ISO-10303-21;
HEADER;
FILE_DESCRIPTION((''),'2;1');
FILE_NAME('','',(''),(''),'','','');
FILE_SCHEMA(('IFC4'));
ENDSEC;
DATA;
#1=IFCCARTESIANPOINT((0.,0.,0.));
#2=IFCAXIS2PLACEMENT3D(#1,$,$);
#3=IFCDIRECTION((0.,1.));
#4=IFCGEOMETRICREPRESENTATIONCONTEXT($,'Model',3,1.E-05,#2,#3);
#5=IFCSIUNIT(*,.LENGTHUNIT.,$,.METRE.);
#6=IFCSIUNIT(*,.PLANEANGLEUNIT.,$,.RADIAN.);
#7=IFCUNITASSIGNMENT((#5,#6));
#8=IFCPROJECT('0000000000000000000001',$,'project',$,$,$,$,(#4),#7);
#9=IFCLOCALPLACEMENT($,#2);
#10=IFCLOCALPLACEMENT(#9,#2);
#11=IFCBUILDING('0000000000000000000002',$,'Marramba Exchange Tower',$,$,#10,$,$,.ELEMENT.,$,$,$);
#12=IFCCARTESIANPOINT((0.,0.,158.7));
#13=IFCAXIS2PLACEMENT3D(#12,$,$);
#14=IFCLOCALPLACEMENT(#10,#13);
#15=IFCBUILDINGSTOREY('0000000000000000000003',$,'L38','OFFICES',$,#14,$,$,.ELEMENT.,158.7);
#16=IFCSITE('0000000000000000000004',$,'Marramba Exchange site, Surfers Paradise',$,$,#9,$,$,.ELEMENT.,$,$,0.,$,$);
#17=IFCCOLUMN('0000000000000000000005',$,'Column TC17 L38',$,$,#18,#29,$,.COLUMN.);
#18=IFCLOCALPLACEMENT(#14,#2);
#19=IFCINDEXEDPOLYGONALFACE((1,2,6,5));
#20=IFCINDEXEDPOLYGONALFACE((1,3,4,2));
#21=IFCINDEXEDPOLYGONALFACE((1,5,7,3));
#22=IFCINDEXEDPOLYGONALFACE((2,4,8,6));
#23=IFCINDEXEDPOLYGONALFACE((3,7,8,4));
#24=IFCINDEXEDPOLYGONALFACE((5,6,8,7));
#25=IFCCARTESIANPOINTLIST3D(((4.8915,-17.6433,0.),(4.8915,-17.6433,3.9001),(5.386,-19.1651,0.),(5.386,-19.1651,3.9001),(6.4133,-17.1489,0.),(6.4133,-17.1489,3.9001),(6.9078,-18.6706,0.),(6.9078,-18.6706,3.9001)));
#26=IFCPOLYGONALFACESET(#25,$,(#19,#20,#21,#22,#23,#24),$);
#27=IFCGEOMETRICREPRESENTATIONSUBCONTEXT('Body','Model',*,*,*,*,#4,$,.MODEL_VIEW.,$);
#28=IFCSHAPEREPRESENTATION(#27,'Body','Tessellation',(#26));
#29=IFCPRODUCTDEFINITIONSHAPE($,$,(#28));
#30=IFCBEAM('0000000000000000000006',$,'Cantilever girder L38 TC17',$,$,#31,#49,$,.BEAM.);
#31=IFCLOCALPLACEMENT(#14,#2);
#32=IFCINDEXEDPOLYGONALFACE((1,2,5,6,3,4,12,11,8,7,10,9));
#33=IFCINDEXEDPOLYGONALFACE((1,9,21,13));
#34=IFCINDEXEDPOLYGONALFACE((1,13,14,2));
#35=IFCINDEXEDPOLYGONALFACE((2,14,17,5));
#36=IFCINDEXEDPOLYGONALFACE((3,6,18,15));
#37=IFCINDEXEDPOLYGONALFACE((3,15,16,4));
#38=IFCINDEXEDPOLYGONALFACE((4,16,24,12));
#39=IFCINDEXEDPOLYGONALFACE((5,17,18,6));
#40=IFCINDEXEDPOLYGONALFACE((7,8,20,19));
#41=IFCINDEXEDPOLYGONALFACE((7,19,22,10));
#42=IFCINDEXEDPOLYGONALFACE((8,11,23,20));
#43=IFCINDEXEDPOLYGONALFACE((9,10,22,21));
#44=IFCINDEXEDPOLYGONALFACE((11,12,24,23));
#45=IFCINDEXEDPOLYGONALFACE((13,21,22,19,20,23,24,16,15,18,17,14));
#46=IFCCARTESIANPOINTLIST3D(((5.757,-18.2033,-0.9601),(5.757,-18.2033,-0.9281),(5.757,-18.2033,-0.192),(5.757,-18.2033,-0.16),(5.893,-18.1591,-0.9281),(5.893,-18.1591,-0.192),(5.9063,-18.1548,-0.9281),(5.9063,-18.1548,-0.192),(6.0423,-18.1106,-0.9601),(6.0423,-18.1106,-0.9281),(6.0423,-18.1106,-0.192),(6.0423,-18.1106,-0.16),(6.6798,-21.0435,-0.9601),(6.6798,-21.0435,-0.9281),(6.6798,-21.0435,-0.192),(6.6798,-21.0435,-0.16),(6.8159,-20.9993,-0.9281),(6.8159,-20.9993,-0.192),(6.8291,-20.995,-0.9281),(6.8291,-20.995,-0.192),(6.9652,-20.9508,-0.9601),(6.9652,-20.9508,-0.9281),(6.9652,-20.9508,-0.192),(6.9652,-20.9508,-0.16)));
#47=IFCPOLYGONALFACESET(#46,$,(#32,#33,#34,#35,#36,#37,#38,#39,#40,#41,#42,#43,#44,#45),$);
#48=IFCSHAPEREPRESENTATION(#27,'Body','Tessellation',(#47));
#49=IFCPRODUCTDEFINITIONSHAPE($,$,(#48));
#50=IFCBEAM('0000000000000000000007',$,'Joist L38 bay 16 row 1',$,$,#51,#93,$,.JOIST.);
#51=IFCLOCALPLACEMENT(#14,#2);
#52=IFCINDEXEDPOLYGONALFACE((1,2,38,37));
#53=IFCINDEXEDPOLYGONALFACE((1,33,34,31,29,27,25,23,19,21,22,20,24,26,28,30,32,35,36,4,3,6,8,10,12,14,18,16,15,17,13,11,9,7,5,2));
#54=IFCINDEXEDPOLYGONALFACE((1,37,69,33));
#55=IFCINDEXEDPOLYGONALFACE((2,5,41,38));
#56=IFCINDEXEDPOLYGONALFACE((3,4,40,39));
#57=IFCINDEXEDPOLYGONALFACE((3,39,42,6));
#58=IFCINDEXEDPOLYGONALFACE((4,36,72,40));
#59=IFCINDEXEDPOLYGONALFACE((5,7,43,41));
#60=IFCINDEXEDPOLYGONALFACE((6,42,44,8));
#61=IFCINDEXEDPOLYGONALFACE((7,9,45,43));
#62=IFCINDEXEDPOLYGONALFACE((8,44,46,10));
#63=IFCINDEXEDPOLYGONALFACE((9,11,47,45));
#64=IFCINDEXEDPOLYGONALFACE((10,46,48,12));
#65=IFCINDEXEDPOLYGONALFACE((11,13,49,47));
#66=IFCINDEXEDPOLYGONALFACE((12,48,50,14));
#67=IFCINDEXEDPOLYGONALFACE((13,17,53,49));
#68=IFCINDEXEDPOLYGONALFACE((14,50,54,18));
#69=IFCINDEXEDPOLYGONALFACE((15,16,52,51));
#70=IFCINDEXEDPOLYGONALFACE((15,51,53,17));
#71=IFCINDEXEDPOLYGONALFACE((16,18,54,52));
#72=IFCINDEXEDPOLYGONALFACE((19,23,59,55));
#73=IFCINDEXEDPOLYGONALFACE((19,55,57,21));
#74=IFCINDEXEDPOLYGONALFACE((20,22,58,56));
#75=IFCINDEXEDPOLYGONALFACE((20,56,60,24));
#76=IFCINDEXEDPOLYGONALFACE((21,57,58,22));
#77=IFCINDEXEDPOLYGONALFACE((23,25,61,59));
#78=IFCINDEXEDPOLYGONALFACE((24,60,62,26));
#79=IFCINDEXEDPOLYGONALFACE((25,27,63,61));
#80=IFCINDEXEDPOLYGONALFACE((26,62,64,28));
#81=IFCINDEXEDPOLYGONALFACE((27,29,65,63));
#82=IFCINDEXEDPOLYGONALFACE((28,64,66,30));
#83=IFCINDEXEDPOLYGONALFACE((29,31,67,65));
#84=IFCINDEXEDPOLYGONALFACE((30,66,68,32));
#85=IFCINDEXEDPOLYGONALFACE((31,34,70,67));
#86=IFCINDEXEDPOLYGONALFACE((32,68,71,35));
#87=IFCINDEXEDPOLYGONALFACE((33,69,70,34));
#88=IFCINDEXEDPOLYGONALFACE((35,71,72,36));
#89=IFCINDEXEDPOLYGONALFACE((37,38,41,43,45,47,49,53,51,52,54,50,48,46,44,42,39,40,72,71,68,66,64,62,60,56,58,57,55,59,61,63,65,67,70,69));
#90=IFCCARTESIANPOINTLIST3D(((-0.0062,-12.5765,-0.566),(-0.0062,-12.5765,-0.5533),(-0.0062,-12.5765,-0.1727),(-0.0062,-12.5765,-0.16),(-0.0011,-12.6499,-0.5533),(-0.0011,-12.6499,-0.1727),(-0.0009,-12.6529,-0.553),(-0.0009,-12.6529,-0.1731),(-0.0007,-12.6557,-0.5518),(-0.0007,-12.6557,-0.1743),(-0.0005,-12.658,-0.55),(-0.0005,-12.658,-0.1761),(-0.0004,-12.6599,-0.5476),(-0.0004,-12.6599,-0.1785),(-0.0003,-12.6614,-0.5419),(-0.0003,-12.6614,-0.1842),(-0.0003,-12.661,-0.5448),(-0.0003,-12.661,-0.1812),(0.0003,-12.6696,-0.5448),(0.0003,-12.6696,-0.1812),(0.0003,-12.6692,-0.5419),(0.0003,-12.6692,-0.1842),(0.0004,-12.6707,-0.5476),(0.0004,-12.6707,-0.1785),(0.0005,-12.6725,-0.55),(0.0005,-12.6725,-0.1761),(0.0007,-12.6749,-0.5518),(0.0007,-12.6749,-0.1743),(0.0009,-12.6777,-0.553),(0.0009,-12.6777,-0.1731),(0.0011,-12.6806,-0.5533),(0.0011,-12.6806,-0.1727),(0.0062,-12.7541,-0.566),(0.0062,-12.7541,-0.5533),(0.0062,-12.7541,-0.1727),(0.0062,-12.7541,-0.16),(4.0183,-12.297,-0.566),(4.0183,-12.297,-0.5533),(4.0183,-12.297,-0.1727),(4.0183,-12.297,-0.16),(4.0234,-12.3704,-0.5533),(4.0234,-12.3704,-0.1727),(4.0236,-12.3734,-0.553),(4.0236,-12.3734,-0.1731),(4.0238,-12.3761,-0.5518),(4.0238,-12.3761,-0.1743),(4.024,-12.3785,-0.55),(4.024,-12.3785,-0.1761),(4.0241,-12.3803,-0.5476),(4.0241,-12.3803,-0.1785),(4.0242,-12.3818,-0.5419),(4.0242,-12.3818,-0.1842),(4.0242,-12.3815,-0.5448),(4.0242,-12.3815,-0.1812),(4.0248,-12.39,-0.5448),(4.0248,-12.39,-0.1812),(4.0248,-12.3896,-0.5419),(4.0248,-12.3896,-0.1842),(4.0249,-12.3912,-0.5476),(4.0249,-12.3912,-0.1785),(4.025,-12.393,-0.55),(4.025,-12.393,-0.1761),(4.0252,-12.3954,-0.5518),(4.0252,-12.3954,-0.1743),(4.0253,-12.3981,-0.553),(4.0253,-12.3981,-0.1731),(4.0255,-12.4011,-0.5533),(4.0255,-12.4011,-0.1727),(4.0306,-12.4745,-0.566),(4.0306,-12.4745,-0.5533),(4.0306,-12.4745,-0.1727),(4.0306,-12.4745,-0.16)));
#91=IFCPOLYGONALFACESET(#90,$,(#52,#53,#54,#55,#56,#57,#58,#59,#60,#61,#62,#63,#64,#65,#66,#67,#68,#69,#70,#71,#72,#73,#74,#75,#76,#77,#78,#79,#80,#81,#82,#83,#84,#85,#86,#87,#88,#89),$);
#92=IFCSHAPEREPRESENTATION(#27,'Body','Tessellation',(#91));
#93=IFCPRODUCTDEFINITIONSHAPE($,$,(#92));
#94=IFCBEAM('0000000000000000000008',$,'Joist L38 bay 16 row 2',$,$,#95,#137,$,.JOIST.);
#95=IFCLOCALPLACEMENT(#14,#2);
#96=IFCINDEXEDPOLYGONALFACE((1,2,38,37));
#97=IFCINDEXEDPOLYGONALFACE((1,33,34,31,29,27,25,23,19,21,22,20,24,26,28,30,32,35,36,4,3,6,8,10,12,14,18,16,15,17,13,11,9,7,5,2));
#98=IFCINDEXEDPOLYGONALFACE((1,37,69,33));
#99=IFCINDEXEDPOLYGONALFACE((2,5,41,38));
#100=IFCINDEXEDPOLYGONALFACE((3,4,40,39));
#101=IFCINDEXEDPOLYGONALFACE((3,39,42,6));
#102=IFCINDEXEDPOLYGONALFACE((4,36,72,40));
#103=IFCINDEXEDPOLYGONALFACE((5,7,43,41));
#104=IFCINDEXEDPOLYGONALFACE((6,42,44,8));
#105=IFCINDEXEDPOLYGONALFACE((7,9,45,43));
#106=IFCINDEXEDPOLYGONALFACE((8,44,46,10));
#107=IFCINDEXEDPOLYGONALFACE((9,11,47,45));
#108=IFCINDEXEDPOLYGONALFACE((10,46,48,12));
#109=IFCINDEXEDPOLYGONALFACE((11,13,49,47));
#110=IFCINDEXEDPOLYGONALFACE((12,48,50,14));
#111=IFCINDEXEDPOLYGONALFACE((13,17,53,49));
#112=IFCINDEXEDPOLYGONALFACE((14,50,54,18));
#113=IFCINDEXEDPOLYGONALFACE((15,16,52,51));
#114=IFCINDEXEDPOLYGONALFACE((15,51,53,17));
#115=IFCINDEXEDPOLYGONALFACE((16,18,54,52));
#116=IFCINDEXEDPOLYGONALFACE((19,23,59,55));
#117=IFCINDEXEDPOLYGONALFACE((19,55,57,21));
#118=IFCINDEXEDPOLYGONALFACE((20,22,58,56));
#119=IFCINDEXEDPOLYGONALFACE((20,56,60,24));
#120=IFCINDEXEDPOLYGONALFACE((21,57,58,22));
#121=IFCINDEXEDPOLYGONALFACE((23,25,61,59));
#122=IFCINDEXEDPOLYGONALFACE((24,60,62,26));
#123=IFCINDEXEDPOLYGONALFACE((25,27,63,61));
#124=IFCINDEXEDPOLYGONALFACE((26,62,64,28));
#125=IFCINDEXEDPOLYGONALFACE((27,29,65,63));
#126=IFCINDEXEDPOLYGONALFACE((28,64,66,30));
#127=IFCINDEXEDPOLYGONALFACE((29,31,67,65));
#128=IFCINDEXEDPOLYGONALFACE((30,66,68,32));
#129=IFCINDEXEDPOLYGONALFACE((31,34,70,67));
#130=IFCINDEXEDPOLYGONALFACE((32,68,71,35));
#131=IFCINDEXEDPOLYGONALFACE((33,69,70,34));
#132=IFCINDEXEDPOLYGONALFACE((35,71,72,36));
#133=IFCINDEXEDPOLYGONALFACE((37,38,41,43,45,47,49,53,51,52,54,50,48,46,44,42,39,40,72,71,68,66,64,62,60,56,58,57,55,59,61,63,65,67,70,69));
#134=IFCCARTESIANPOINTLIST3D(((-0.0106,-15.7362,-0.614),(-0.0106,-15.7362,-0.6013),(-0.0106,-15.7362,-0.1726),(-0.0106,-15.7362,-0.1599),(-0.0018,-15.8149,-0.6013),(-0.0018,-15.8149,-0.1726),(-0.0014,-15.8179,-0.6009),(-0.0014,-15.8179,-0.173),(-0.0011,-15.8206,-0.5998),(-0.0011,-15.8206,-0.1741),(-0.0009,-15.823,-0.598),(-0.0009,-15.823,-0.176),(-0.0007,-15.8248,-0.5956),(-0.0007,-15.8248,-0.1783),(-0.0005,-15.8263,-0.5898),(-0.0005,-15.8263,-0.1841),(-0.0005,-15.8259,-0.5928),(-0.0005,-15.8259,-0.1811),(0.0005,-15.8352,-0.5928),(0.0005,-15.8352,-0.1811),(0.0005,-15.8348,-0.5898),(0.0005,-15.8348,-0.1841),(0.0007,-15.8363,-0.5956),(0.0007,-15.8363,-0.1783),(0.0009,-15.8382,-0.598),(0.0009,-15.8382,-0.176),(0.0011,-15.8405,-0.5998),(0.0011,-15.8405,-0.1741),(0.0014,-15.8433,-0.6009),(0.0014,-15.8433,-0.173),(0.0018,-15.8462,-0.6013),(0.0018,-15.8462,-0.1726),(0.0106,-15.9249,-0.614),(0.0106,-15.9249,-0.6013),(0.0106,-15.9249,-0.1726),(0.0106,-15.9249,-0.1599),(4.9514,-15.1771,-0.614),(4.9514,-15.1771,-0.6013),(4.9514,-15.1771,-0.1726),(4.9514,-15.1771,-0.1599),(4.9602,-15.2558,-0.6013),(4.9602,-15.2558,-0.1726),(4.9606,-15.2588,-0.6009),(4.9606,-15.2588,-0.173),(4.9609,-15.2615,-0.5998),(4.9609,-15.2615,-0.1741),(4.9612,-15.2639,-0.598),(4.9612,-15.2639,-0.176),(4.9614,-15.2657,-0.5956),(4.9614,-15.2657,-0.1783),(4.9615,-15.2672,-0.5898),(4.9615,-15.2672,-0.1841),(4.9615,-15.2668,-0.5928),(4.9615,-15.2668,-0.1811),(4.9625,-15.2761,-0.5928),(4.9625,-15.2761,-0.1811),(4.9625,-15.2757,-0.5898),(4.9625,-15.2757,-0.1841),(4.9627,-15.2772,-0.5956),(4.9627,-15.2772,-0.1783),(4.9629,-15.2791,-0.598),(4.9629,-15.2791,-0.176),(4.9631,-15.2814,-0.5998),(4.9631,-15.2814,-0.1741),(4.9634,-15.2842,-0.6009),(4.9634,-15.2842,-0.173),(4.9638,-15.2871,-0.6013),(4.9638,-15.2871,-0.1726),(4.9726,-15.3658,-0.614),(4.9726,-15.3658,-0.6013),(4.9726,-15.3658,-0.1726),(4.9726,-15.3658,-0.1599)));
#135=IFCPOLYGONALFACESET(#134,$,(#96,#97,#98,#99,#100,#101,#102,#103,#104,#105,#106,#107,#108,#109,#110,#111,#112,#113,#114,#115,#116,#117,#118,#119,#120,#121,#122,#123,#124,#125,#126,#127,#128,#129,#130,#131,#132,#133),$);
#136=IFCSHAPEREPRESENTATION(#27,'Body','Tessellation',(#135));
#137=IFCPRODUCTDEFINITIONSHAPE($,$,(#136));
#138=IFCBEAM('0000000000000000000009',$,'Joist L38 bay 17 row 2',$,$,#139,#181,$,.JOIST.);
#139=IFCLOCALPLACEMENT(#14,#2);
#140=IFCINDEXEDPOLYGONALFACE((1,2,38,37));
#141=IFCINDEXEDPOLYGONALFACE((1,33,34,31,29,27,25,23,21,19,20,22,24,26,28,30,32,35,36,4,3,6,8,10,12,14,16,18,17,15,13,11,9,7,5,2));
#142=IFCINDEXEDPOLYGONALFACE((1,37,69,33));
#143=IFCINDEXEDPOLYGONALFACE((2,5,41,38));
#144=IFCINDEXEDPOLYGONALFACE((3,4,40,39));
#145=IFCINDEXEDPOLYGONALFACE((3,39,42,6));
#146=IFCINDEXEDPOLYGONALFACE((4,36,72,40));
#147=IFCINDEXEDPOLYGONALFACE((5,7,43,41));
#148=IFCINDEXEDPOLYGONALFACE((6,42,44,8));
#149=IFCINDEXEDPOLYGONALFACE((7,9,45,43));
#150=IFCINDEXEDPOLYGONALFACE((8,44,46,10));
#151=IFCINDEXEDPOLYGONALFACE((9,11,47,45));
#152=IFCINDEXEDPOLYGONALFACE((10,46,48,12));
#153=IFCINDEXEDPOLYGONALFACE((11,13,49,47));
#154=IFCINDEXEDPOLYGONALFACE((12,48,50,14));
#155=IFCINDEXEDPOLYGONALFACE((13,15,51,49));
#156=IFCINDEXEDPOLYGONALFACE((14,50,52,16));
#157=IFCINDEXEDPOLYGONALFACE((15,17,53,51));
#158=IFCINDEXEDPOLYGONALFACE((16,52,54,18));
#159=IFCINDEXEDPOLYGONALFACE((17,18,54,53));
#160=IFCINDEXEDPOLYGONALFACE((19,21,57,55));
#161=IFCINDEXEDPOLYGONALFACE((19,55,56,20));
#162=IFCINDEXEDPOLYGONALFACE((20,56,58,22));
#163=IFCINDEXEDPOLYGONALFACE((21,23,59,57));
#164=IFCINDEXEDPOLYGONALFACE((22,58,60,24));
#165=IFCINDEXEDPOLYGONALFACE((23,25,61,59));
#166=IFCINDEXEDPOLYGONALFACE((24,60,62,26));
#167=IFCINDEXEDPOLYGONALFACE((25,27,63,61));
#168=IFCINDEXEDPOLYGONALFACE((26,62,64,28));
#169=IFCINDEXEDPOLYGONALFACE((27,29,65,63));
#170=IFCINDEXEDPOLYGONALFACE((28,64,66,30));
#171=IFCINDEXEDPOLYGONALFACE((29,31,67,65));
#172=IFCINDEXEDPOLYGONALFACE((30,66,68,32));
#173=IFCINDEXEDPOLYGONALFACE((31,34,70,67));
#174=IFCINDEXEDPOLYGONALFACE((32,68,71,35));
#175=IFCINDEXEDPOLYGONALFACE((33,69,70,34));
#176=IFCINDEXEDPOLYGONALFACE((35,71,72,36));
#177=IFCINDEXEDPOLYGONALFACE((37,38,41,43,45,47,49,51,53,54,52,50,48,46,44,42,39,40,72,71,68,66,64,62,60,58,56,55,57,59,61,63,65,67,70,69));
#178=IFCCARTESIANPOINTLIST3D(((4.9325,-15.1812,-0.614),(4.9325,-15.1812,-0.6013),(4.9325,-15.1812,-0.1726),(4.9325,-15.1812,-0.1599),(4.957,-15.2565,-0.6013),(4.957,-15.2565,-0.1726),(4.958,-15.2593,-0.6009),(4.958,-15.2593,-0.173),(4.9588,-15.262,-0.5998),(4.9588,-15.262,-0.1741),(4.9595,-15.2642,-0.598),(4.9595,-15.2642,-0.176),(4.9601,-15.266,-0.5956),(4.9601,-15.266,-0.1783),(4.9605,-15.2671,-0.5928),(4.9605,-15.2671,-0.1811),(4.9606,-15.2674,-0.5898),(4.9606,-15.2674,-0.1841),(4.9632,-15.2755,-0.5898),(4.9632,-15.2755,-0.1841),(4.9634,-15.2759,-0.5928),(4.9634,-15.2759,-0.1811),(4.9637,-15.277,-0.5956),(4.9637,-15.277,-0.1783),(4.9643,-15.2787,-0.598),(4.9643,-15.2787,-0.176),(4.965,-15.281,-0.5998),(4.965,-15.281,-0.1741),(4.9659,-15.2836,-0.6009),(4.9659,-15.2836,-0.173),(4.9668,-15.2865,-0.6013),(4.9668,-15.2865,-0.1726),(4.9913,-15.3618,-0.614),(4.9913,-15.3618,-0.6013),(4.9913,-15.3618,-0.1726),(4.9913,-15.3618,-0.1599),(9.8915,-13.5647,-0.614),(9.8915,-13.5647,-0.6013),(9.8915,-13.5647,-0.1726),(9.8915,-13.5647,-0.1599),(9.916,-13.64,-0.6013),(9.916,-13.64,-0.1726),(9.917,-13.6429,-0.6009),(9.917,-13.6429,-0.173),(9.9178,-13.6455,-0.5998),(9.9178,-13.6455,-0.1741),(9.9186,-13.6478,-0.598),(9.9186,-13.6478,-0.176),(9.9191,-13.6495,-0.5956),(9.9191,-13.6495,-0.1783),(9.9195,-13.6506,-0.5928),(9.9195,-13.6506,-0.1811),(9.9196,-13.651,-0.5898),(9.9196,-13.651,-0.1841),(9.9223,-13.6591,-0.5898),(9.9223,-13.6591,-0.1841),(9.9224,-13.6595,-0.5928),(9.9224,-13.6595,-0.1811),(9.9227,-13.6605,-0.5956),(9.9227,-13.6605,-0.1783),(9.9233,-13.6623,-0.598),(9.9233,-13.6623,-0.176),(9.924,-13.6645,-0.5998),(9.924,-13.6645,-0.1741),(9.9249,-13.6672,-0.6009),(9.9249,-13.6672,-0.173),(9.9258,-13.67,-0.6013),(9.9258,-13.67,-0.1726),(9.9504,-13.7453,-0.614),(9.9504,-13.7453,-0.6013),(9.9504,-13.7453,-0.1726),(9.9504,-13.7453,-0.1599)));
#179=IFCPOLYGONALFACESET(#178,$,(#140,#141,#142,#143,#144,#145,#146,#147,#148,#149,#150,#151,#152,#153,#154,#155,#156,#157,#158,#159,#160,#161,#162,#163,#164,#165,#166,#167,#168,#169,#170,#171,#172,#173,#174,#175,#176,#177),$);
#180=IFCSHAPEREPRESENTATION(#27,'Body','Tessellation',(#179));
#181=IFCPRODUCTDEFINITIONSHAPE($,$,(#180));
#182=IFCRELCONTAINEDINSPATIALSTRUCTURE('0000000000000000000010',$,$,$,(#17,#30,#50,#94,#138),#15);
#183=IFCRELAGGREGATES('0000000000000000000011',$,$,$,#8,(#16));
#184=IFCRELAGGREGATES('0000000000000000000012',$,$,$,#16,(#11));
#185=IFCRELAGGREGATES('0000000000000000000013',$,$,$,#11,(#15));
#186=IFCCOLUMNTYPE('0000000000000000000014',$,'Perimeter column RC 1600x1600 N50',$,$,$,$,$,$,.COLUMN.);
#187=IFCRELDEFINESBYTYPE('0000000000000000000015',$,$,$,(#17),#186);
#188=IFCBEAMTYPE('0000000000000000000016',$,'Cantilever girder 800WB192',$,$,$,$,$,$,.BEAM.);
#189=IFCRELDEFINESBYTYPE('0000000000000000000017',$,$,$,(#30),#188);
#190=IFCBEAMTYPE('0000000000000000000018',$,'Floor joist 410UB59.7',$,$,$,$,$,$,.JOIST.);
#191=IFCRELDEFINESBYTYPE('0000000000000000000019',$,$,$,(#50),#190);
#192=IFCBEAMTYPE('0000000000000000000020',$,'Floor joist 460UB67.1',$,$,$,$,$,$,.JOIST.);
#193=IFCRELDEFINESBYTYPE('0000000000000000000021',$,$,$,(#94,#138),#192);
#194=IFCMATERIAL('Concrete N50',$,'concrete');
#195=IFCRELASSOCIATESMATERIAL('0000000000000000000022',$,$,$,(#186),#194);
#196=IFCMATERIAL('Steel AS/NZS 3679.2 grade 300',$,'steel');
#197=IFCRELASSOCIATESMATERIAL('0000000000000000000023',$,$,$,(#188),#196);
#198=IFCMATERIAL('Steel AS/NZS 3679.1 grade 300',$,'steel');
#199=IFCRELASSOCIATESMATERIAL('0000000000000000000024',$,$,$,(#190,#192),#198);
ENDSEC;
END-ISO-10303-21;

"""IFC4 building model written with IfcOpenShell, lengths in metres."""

from ifc_helpers import new_model, si_unit, direction, frame, origin, origin_2d, place, context, subcontext, project, spatial, rectangle, i_section, extrude, material, material_profile, profile_set, type_object, element, save


model = new_model("IFC4")

# Units and contexts
model_context = context("Model", 3, precision=1e-05, world=origin(), true_north=direction((0.0, 1.0)))
body_context = subcontext(model_context, "Body", "Model", "MODEL_VIEW")
ifc_project = project(units=[si_unit("LENGTHUNIT", "METRE"), si_unit("PLANEANGLEUNIT", "RADIAN")], contexts=[model_context])

# Site, building, storey
site_placement = place(None, origin())
site = spatial("IfcSite", under=ifc_project, at=site_placement, Name="Marramba Exchange site, Surfers Paradise", CompositionType="ELEMENT", RefElevation=0.0)
building_placement = place(site_placement, origin())
building = spatial("IfcBuilding", under=site, at=building_placement, Name="Marramba Exchange Tower", CompositionType="ELEMENT")
storey_placement = place(building_placement, frame((0.0, 0.0, 158.7)))
storey = spatial("IfcBuildingStorey", under=building, at=storey_placement, Name="L38", Description="OFFICES", CompositionType="ELEMENT", Elevation=158.7)

# Column
ifc_material_1 = material(Name="Concrete N50", Category="concrete")
ifc_material_profile_1 = material_profile(ifc_material_1, rectangle(XDim=1.6001, YDim=1.6001, at=origin_2d()), Name="RC 1600x1600")
ifc_profile_set_1 = profile_set([ifc_material_profile_1], Name="Concrete N50")
column_type = type_object("IfcColumnType", Name="Perimeter column RC 1600x1600 N50", PredefinedType="COLUMN", material=ifc_profile_set_1)
column_placement = place(storey_placement, frame((5.8997, -18.157, 0.0), z_axis=(0.0, 0.0, 1.0), x_axis=(0.309017, -0.951057, 0.0)))
element("IfcColumn", 1, at=column_placement, inside=storey, type_object=column_type, Name="Column TC17 L38", PredefinedType="COLUMN", context=body_context, shape_type="SweptSolid", body=[
    extrude(rectangle(XDim=1.6001, YDim=1.6001, at=origin_2d()), origin(), (0.0, 0.0, 1.0), 3.9001),
])

# Beams
ifc_material_2 = material(Name="Steel AS/NZS 3679.2 grade 300", Category="steel")
ifc_material_profile_2 = material_profile(ifc_material_2, i_section(OverallWidth=0.3, OverallDepth=0.8, WebThickness=0.0139, FlangeThickness=0.032, at=origin_2d()), Name="800WB192")
ifc_profile_set_2 = profile_set([ifc_material_profile_2], Name="Steel AS/NZS 3679.2 grade 300")
beam_type_1 = type_object("IfcBeamType", Name="Cantilever girder 800WB192", PredefinedType="BEAM", material=ifc_profile_set_2)
beam_1_placement = place(storey_placement, frame((5.8997, -18.157, -0.5601), z_axis=(0.309032, -0.951051, 0.0), x_axis=(0.951051, 0.309032, 0.0)))
element("IfcBeam", 2, at=beam_1_placement, inside=storey, type_object=beam_type_1, Name="Cantilever girder L38 TC17", PredefinedType="BEAM", context=body_context, shape_type="SweptSolid", body=[
    extrude(i_section(OverallWidth=0.3, OverallDepth=0.8, WebThickness=0.0139, FlangeThickness=0.032, at=origin_2d()), origin(), (0.0, 0.0, 1.0), 2.9863),
])
ifc_material_3 = material(Name="Steel AS/NZS 3679.1 grade 300", Category="steel")
ifc_material_profile_3 = material_profile(ifc_material_3, i_section(OverallWidth=0.178, OverallDepth=0.406, WebThickness=0.0078, FlangeThickness=0.0127, FilletRadius=0.0115, at=origin_2d()), Name="410UB59.7")
ifc_profile_set_3 = profile_set([ifc_material_profile_3], Name="Steel AS/NZS 3679.1 grade 300")
beam_type_2 = type_object("IfcBeamType", Name="Floor joist 410UB59.7", PredefinedType="JOIST", material=ifc_profile_set_3)
beam_2_placement = place(storey_placement, frame((0.0, -12.6653, -0.363), z_axis=(0.997596, 0.069294, 0.0), x_axis=(-0.069294, 0.997596, 0.0)))
element("IfcBeam", 3, at=beam_2_placement, inside=storey, type_object=beam_type_2, Name="Joist L38 bay 16 row 1", PredefinedType="JOIST", context=body_context, shape_type="SweptSolid", body=[
    extrude(i_section(OverallWidth=0.178, OverallDepth=0.406, WebThickness=0.0078, FlangeThickness=0.0127, FilletRadius=0.0115, at=origin_2d()), origin(), (0.0, 0.0, 1.0), 4.0342),
])
ifc_material_profile_4 = material_profile(ifc_material_3, i_section(OverallWidth=0.1899, OverallDepth=0.4541, WebThickness=0.0085, FlangeThickness=0.0127, FilletRadius=0.0115, at=origin_2d()), Name="460UB67.1")
ifc_profile_set_4 = profile_set([ifc_material_profile_4], Name="Steel AS/NZS 3679.1 grade 300")
beam_type_3 = type_object("IfcBeamType", Name="Floor joist 460UB67.1", PredefinedType="JOIST", material=ifc_profile_set_4)
beam_3_placement = place(storey_placement, frame((0.0, -15.8306, -0.387), z_axis=(0.993712, 0.111966, 0.0), x_axis=(-0.111966, 0.993712, 0.0)))
element("IfcBeam", 4, at=beam_3_placement, inside=storey, type_object=beam_type_3, Name="Joist L38 bay 16 row 2", PredefinedType="JOIST", context=body_context, shape_type="SweptSolid", body=[
    extrude(i_section(OverallWidth=0.1899, OverallDepth=0.4541, WebThickness=0.0085, FlangeThickness=0.0127, FilletRadius=0.0115, at=origin_2d()), origin(), (0.0, 0.0, 1.0), 4.9934),
])
beam_4_placement = place(storey_placement, frame((4.9619, -15.2715, -0.387), z_axis=(0.950764, 0.309916, 0.0), x_axis=(-0.309916, 0.950764, 0.0)))
element("IfcBeam", 5, at=beam_4_placement, inside=storey, type_object=beam_type_3, Name="Joist L38 bay 17 row 2", PredefinedType="JOIST", context=body_context, shape_type="SweptSolid", body=[
    extrude(i_section(OverallWidth=0.1899, OverallDepth=0.4541, WebThickness=0.0085, FlangeThickness=0.0127, FilletRadius=0.0115, at=origin_2d()), origin(), (0.0, 0.0, 1.0), 5.2158),
])

save(model, "model.ifc")
